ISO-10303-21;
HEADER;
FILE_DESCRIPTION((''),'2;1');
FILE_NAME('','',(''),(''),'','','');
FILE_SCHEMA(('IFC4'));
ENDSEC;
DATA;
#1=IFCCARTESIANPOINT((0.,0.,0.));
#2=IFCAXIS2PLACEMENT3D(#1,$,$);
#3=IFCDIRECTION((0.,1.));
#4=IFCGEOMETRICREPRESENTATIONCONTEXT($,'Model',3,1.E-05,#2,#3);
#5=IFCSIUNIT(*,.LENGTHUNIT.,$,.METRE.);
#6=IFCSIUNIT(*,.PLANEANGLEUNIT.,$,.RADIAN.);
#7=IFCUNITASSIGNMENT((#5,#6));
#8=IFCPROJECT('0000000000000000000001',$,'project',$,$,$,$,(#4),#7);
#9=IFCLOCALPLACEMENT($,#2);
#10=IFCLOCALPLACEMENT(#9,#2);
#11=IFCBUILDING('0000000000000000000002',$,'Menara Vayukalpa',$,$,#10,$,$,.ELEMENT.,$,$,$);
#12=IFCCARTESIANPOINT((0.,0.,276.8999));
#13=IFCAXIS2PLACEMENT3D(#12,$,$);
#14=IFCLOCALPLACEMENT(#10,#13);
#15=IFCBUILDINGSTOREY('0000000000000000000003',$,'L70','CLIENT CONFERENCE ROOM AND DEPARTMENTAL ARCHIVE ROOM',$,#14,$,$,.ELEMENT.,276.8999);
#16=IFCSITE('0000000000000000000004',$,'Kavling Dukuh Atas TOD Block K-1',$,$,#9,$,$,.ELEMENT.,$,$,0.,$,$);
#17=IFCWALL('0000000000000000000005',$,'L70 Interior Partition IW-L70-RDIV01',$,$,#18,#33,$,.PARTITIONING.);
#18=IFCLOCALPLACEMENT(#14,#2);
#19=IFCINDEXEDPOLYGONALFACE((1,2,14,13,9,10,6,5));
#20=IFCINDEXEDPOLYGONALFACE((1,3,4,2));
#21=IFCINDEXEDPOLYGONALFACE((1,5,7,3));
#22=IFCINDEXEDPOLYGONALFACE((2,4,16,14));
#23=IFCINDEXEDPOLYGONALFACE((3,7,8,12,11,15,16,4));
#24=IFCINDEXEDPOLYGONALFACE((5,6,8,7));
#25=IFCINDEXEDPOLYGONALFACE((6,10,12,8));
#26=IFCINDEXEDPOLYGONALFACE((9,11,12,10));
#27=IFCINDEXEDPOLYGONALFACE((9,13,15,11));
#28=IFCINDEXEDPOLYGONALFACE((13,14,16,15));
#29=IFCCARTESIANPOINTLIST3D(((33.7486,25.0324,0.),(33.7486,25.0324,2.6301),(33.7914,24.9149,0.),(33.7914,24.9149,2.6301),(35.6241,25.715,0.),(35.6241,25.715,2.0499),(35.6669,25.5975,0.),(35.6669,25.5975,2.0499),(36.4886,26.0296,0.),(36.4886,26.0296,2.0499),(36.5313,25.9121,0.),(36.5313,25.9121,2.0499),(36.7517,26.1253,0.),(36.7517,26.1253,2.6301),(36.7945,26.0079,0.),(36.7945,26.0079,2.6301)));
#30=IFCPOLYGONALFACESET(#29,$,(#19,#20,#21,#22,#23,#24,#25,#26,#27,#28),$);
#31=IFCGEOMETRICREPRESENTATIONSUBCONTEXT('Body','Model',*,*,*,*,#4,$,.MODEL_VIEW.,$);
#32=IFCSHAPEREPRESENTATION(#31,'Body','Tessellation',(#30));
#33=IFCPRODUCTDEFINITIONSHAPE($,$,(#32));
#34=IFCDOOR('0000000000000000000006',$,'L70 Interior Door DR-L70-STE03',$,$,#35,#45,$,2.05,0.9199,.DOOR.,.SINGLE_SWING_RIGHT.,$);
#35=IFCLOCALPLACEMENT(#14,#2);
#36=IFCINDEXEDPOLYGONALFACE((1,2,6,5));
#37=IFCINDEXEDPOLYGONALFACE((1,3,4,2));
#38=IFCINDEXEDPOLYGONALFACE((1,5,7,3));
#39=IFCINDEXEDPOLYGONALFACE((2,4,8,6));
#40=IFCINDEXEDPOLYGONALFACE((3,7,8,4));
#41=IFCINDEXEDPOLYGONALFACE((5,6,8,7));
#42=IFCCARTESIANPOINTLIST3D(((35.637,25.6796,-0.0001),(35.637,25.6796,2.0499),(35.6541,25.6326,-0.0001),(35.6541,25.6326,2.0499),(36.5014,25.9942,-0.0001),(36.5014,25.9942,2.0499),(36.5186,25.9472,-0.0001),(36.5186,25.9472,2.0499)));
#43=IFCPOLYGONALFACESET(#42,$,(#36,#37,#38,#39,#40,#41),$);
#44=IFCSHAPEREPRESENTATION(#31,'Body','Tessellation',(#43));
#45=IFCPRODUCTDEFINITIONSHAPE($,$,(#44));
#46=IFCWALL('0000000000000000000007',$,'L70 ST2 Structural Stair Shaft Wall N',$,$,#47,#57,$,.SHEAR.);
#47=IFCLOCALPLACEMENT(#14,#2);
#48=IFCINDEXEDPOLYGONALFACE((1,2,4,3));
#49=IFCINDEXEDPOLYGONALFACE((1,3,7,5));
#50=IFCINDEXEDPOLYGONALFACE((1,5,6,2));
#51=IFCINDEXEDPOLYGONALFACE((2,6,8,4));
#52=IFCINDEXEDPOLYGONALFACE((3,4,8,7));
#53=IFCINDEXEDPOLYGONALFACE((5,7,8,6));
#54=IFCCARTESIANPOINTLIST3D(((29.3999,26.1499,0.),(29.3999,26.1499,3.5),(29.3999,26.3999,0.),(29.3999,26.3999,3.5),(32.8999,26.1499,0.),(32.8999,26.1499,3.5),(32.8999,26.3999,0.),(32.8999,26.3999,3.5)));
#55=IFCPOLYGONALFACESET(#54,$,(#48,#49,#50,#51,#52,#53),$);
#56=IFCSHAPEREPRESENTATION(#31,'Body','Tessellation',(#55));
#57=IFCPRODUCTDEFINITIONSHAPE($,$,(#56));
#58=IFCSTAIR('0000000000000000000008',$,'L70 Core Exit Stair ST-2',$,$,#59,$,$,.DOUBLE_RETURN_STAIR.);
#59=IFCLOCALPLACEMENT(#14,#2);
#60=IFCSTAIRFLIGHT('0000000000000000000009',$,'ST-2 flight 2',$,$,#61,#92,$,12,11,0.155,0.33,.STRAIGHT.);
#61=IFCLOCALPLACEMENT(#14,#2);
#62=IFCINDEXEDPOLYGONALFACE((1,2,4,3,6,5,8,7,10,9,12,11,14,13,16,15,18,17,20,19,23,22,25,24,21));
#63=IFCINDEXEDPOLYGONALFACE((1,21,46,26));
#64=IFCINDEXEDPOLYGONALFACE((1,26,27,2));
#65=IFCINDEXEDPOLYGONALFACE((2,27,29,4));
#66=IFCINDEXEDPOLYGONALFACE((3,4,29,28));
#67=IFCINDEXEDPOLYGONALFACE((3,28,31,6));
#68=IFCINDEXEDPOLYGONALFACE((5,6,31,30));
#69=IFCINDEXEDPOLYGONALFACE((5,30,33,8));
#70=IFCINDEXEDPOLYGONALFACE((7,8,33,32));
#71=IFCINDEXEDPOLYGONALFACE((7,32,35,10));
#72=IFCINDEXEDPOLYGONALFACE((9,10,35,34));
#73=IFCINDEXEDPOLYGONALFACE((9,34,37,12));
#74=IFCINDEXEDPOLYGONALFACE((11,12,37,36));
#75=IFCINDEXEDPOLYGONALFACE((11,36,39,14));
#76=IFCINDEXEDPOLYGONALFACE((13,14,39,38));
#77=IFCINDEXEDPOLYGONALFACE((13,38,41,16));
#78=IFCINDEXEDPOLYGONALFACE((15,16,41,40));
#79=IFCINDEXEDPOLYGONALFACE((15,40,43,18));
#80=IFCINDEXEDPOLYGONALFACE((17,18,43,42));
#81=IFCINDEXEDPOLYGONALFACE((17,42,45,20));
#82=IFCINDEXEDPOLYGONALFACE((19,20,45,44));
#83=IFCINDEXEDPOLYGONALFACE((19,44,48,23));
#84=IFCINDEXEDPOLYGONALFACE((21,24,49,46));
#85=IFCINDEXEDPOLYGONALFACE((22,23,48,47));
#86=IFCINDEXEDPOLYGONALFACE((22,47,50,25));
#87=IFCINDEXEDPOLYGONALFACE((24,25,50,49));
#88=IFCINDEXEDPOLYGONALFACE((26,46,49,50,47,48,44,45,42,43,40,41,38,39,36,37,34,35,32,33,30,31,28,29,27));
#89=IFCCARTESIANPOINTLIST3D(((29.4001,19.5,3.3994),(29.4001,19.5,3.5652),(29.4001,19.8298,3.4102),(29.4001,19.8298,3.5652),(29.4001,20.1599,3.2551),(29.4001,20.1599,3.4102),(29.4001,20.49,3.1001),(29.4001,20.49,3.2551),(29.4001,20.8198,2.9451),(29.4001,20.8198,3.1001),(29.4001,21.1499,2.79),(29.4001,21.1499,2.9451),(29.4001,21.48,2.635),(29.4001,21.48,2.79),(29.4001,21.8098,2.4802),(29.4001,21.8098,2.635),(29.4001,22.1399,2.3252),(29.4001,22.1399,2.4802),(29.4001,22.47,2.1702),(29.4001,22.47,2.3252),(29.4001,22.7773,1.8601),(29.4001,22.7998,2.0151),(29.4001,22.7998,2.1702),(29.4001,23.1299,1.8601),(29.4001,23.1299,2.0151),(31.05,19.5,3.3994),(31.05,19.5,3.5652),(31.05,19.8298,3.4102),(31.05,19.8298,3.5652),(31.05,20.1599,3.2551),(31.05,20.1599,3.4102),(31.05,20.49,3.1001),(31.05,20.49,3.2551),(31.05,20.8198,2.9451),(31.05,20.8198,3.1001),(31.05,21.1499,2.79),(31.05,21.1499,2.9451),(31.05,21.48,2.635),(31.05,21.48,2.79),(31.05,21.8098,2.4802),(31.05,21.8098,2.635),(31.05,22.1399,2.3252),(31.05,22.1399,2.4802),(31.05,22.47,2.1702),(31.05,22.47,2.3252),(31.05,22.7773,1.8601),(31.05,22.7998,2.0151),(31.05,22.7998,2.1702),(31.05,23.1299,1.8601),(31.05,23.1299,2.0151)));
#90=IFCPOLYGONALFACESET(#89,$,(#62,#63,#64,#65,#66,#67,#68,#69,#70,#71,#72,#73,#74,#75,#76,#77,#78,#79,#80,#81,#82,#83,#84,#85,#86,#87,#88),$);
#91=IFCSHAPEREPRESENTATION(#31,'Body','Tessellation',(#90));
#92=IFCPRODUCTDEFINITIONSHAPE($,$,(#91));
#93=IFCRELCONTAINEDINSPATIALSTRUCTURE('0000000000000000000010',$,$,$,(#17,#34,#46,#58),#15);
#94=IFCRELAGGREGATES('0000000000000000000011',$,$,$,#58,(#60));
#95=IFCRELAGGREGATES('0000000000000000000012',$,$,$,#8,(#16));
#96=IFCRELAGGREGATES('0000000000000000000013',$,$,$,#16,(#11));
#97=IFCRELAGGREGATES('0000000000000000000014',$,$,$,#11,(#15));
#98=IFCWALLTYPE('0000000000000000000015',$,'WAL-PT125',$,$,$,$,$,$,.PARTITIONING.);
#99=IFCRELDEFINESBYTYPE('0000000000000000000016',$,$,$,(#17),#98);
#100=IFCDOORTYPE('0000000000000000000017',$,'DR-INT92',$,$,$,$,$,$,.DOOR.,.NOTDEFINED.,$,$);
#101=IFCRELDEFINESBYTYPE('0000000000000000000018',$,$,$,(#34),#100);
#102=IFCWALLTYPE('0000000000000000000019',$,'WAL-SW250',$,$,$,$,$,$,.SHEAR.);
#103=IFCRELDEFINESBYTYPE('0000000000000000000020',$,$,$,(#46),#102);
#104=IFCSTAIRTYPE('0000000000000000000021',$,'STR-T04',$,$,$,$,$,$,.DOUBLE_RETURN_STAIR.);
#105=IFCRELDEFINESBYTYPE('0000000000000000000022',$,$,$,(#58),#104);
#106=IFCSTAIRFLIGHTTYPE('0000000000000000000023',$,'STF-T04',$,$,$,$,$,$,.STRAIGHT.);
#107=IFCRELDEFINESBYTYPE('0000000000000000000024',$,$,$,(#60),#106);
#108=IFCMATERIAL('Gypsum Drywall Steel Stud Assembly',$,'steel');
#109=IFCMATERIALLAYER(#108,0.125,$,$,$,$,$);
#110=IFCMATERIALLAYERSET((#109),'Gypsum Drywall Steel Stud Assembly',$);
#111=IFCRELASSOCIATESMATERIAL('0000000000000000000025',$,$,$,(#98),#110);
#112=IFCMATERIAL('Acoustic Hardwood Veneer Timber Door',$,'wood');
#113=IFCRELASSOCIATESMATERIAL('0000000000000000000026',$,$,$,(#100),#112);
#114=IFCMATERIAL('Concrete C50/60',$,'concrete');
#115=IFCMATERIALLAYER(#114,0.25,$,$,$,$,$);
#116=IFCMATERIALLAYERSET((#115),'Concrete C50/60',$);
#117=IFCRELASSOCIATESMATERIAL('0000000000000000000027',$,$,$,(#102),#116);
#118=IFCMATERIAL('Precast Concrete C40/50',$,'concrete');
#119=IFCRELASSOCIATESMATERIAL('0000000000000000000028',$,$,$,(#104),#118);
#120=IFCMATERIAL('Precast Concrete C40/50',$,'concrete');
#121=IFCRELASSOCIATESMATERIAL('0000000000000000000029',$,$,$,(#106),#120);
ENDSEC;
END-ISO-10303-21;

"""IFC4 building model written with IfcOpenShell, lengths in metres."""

from ifc_helpers import new_model, si_unit, direction, frame, frame_2d, origin, place, context, subcontext, project, spatial, polyline, rectangle, outline, extrude, material, layer, layer_set, type_object, element, fill, aggregate, save


model = new_model("IFC4")

# Units and contexts
model_context = context("Model", 3, precision=1e-05, world=origin(), true_north=direction((0.0, 1.0)))
body_context = subcontext(model_context, "Body", "Model", "MODEL_VIEW")
ifc_project = project(units=[si_unit("LENGTHUNIT", "METRE"), si_unit("PLANEANGLEUNIT", "RADIAN")], contexts=[model_context])

# Site, building, storey
site_placement = place(None, origin())
site = spatial("IfcSite", under=ifc_project, at=site_placement, Name="Kavling Dukuh Atas TOD Block K-1", CompositionType="ELEMENT", RefElevation=0.0)
building_placement = place(site_placement, origin())
building = spatial("IfcBuilding", under=site, at=building_placement, Name="Menara Vayukalpa", CompositionType="ELEMENT")
storey_placement = place(building_placement, frame((0.0, 0.0, 276.8999)))
storey = spatial("IfcBuildingStorey", under=building, at=storey_placement, Name="L70", Description="CLIENT CONFERENCE ROOM AND DEPARTMENTAL ARCHIVE ROOM", CompositionType="ELEMENT", Elevation=276.8999)

# Wall, opening, door
ifc_material_1 = material(Name="Gypsum Drywall Steel Stud Assembly", Category="steel")
ifc_layer_1 = layer(ifc_material_1, 0.125)
ifc_layer_set_1 = layer_set([ifc_layer_1], Name="Gypsum Drywall Steel Stud Assembly")
wall_type_1 = type_object("IfcWallType", Name="WAL-PT125", PredefinedType="PARTITIONING", material=ifc_layer_set_1)
wall_1_placement = place(storey_placement, frame((33.77, 24.9736, 0.0), z_axis=(0.0, 0.0, 1.0), x_axis=(0.939697, 0.342007, 0.0)))
wall_1 = element("IfcWall", 1, at=wall_1_placement, inside=storey, type_object=wall_type_1, Name="L70 Interior Partition IW-L70-RDIV01", PredefinedType="PARTITIONING", context=body_context, shape_type="SweptSolid", body=[
    extrude(rectangle(XDim=3.1958, YDim=0.125, at=frame_2d((1.5979, 0.0))), origin(), (0.0, 0.0, 1.0), 2.6301),
])
opening_placement = place(wall_1_placement, frame((1.9958, 0.0, 0.0)))
opening = element("IfcOpeningElement", 2, at=opening_placement, cuts=wall_1, PredefinedType="OPENING", context=body_context, shape_type="SweptSolid", body=[
    extrude(rectangle(XDim=0.9199, YDim=2.05, at=frame_2d((0.46, 1.0249))), frame((0.0, 0.0725, 0.0), z_axis=(0.0, -1.0, 0.0), x_axis=(1.0, 0.0, 0.0)), (0.0, 0.0, 1.0), 0.145),
])
ifc_material_2 = material(Name="Acoustic Hardwood Veneer Timber Door", Category="wood")
door_type = type_object("IfcDoorType", Name="DR-INT92", OperationType="NOTDEFINED", PredefinedType="DOOR", material=ifc_material_2)
door_placement = place(opening_placement, origin())
door = element("IfcDoor", 3, at=door_placement, inside=storey, type_object=door_type, Name="L70 Interior Door DR-L70-STE03", OperationType="SINGLE_SWING_RIGHT", OverallHeight=2.05, OverallWidth=0.9199, PredefinedType="DOOR", context=body_context, shape_type="SweptSolid", body=[
    extrude(rectangle(XDim=0.9199, YDim=2.05, at=frame_2d((0.46, 1.0249))), frame((0.0, 0.0249, 0.0), z_axis=(0.0, -1.0, 0.0), x_axis=(1.0, 0.0, 0.0)), (0.0, 0.0, 1.0), 0.05),
])
fill(opening, door)

# Wall
ifc_material_3 = material(Name="Concrete C50/60", Category="concrete")
ifc_layer_2 = layer(ifc_material_3, 0.25)
ifc_layer_set_2 = layer_set([ifc_layer_2], Name="Concrete C50/60")
wall_type_2 = type_object("IfcWallType", Name="WAL-SW250", PredefinedType="SHEAR", material=ifc_layer_set_2)
wall_2_placement = place(storey_placement, frame((29.3999, 26.2749, 0.0), z_axis=(0.0, 0.0, 1.0), x_axis=(1.0, 0.0, 0.0)))
element("IfcWall", 4, at=wall_2_placement, inside=storey, type_object=wall_type_2, Name="L70 ST2 Structural Stair Shaft Wall N", PredefinedType="SHEAR", context=body_context, shape_type="SweptSolid", body=[
    extrude(rectangle(XDim=3.5, YDim=0.25, at=frame_2d((1.75, 0.0))), origin(), (0.0, 0.0, 1.0), 3.5),
])

# Stair, stair flight
ifc_material_4 = material(Name="Precast Concrete C40/50", Category="concrete")
stair_type = type_object("IfcStairType", Name="STR-T04", PredefinedType="DOUBLE_RETURN_STAIR", material=ifc_material_4)
stair_placement = place(storey_placement, origin())
stair = element("IfcStair", 5, at=stair_placement, inside=storey, type_object=stair_type, Name="L70 Core Exit Stair ST-2", PredefinedType="DOUBLE_RETURN_STAIR")
ifc_material_5 = material(Name="Precast Concrete C40/50", Category="concrete")
stair_flight_type = type_object("IfcStairFlightType", Name="STF-T04", PredefinedType="STRAIGHT", material=ifc_material_5)
stair_flight_placement = place(storey_placement, frame((30.2251, 23.1299, 1.8601), z_axis=(0.0, 0.0, 1.0), x_axis=(0.0, -1.0, 0.0)))
stair_flight = element("IfcStairFlight", 6, at=stair_flight_placement, type_object=stair_flight_type, Name="ST-2 flight 2", NumberOfRisers=12, NumberOfTreads=11, PredefinedType="STRAIGHT", RiserHeight=0.155, TreadLength=0.33, context=body_context, shape_type="SweptSolid", body=[
    extrude(outline(polyline([(0.0, 0.0), (0.0, 0.155), (0.3301, 0.155), (0.3301, 0.3101), (0.6599, 0.3101), (0.6599, 0.4651), (0.99, 0.4651), (0.99, 0.6201), (1.3201, 0.6201), (1.3201, 0.7749), (1.6499, 0.7749), (1.6499, 0.9299), (1.98, 0.9299), (1.98, 1.085), (2.3101, 1.085), (2.3101, 1.24), (2.6399, 1.24), (2.6399, 1.395), (2.97, 1.395), (2.97, 1.55), (3.3, 1.55), (3.3, 1.7051), (3.6299, 1.7051), (3.6299, 1.8601), (3.6299, 1.5393), (0.3525, 0.0), (0.0, 0.0)])), frame((0.0, 0.825, 0.0), z_axis=(0.0, -1.0, 0.0), x_axis=(1.0, 0.0, 0.0)), (0.0, 0.0, 1.0), 1.6499),
])
aggregate(stair, [stair_flight])

save(model, "model.ifc")
